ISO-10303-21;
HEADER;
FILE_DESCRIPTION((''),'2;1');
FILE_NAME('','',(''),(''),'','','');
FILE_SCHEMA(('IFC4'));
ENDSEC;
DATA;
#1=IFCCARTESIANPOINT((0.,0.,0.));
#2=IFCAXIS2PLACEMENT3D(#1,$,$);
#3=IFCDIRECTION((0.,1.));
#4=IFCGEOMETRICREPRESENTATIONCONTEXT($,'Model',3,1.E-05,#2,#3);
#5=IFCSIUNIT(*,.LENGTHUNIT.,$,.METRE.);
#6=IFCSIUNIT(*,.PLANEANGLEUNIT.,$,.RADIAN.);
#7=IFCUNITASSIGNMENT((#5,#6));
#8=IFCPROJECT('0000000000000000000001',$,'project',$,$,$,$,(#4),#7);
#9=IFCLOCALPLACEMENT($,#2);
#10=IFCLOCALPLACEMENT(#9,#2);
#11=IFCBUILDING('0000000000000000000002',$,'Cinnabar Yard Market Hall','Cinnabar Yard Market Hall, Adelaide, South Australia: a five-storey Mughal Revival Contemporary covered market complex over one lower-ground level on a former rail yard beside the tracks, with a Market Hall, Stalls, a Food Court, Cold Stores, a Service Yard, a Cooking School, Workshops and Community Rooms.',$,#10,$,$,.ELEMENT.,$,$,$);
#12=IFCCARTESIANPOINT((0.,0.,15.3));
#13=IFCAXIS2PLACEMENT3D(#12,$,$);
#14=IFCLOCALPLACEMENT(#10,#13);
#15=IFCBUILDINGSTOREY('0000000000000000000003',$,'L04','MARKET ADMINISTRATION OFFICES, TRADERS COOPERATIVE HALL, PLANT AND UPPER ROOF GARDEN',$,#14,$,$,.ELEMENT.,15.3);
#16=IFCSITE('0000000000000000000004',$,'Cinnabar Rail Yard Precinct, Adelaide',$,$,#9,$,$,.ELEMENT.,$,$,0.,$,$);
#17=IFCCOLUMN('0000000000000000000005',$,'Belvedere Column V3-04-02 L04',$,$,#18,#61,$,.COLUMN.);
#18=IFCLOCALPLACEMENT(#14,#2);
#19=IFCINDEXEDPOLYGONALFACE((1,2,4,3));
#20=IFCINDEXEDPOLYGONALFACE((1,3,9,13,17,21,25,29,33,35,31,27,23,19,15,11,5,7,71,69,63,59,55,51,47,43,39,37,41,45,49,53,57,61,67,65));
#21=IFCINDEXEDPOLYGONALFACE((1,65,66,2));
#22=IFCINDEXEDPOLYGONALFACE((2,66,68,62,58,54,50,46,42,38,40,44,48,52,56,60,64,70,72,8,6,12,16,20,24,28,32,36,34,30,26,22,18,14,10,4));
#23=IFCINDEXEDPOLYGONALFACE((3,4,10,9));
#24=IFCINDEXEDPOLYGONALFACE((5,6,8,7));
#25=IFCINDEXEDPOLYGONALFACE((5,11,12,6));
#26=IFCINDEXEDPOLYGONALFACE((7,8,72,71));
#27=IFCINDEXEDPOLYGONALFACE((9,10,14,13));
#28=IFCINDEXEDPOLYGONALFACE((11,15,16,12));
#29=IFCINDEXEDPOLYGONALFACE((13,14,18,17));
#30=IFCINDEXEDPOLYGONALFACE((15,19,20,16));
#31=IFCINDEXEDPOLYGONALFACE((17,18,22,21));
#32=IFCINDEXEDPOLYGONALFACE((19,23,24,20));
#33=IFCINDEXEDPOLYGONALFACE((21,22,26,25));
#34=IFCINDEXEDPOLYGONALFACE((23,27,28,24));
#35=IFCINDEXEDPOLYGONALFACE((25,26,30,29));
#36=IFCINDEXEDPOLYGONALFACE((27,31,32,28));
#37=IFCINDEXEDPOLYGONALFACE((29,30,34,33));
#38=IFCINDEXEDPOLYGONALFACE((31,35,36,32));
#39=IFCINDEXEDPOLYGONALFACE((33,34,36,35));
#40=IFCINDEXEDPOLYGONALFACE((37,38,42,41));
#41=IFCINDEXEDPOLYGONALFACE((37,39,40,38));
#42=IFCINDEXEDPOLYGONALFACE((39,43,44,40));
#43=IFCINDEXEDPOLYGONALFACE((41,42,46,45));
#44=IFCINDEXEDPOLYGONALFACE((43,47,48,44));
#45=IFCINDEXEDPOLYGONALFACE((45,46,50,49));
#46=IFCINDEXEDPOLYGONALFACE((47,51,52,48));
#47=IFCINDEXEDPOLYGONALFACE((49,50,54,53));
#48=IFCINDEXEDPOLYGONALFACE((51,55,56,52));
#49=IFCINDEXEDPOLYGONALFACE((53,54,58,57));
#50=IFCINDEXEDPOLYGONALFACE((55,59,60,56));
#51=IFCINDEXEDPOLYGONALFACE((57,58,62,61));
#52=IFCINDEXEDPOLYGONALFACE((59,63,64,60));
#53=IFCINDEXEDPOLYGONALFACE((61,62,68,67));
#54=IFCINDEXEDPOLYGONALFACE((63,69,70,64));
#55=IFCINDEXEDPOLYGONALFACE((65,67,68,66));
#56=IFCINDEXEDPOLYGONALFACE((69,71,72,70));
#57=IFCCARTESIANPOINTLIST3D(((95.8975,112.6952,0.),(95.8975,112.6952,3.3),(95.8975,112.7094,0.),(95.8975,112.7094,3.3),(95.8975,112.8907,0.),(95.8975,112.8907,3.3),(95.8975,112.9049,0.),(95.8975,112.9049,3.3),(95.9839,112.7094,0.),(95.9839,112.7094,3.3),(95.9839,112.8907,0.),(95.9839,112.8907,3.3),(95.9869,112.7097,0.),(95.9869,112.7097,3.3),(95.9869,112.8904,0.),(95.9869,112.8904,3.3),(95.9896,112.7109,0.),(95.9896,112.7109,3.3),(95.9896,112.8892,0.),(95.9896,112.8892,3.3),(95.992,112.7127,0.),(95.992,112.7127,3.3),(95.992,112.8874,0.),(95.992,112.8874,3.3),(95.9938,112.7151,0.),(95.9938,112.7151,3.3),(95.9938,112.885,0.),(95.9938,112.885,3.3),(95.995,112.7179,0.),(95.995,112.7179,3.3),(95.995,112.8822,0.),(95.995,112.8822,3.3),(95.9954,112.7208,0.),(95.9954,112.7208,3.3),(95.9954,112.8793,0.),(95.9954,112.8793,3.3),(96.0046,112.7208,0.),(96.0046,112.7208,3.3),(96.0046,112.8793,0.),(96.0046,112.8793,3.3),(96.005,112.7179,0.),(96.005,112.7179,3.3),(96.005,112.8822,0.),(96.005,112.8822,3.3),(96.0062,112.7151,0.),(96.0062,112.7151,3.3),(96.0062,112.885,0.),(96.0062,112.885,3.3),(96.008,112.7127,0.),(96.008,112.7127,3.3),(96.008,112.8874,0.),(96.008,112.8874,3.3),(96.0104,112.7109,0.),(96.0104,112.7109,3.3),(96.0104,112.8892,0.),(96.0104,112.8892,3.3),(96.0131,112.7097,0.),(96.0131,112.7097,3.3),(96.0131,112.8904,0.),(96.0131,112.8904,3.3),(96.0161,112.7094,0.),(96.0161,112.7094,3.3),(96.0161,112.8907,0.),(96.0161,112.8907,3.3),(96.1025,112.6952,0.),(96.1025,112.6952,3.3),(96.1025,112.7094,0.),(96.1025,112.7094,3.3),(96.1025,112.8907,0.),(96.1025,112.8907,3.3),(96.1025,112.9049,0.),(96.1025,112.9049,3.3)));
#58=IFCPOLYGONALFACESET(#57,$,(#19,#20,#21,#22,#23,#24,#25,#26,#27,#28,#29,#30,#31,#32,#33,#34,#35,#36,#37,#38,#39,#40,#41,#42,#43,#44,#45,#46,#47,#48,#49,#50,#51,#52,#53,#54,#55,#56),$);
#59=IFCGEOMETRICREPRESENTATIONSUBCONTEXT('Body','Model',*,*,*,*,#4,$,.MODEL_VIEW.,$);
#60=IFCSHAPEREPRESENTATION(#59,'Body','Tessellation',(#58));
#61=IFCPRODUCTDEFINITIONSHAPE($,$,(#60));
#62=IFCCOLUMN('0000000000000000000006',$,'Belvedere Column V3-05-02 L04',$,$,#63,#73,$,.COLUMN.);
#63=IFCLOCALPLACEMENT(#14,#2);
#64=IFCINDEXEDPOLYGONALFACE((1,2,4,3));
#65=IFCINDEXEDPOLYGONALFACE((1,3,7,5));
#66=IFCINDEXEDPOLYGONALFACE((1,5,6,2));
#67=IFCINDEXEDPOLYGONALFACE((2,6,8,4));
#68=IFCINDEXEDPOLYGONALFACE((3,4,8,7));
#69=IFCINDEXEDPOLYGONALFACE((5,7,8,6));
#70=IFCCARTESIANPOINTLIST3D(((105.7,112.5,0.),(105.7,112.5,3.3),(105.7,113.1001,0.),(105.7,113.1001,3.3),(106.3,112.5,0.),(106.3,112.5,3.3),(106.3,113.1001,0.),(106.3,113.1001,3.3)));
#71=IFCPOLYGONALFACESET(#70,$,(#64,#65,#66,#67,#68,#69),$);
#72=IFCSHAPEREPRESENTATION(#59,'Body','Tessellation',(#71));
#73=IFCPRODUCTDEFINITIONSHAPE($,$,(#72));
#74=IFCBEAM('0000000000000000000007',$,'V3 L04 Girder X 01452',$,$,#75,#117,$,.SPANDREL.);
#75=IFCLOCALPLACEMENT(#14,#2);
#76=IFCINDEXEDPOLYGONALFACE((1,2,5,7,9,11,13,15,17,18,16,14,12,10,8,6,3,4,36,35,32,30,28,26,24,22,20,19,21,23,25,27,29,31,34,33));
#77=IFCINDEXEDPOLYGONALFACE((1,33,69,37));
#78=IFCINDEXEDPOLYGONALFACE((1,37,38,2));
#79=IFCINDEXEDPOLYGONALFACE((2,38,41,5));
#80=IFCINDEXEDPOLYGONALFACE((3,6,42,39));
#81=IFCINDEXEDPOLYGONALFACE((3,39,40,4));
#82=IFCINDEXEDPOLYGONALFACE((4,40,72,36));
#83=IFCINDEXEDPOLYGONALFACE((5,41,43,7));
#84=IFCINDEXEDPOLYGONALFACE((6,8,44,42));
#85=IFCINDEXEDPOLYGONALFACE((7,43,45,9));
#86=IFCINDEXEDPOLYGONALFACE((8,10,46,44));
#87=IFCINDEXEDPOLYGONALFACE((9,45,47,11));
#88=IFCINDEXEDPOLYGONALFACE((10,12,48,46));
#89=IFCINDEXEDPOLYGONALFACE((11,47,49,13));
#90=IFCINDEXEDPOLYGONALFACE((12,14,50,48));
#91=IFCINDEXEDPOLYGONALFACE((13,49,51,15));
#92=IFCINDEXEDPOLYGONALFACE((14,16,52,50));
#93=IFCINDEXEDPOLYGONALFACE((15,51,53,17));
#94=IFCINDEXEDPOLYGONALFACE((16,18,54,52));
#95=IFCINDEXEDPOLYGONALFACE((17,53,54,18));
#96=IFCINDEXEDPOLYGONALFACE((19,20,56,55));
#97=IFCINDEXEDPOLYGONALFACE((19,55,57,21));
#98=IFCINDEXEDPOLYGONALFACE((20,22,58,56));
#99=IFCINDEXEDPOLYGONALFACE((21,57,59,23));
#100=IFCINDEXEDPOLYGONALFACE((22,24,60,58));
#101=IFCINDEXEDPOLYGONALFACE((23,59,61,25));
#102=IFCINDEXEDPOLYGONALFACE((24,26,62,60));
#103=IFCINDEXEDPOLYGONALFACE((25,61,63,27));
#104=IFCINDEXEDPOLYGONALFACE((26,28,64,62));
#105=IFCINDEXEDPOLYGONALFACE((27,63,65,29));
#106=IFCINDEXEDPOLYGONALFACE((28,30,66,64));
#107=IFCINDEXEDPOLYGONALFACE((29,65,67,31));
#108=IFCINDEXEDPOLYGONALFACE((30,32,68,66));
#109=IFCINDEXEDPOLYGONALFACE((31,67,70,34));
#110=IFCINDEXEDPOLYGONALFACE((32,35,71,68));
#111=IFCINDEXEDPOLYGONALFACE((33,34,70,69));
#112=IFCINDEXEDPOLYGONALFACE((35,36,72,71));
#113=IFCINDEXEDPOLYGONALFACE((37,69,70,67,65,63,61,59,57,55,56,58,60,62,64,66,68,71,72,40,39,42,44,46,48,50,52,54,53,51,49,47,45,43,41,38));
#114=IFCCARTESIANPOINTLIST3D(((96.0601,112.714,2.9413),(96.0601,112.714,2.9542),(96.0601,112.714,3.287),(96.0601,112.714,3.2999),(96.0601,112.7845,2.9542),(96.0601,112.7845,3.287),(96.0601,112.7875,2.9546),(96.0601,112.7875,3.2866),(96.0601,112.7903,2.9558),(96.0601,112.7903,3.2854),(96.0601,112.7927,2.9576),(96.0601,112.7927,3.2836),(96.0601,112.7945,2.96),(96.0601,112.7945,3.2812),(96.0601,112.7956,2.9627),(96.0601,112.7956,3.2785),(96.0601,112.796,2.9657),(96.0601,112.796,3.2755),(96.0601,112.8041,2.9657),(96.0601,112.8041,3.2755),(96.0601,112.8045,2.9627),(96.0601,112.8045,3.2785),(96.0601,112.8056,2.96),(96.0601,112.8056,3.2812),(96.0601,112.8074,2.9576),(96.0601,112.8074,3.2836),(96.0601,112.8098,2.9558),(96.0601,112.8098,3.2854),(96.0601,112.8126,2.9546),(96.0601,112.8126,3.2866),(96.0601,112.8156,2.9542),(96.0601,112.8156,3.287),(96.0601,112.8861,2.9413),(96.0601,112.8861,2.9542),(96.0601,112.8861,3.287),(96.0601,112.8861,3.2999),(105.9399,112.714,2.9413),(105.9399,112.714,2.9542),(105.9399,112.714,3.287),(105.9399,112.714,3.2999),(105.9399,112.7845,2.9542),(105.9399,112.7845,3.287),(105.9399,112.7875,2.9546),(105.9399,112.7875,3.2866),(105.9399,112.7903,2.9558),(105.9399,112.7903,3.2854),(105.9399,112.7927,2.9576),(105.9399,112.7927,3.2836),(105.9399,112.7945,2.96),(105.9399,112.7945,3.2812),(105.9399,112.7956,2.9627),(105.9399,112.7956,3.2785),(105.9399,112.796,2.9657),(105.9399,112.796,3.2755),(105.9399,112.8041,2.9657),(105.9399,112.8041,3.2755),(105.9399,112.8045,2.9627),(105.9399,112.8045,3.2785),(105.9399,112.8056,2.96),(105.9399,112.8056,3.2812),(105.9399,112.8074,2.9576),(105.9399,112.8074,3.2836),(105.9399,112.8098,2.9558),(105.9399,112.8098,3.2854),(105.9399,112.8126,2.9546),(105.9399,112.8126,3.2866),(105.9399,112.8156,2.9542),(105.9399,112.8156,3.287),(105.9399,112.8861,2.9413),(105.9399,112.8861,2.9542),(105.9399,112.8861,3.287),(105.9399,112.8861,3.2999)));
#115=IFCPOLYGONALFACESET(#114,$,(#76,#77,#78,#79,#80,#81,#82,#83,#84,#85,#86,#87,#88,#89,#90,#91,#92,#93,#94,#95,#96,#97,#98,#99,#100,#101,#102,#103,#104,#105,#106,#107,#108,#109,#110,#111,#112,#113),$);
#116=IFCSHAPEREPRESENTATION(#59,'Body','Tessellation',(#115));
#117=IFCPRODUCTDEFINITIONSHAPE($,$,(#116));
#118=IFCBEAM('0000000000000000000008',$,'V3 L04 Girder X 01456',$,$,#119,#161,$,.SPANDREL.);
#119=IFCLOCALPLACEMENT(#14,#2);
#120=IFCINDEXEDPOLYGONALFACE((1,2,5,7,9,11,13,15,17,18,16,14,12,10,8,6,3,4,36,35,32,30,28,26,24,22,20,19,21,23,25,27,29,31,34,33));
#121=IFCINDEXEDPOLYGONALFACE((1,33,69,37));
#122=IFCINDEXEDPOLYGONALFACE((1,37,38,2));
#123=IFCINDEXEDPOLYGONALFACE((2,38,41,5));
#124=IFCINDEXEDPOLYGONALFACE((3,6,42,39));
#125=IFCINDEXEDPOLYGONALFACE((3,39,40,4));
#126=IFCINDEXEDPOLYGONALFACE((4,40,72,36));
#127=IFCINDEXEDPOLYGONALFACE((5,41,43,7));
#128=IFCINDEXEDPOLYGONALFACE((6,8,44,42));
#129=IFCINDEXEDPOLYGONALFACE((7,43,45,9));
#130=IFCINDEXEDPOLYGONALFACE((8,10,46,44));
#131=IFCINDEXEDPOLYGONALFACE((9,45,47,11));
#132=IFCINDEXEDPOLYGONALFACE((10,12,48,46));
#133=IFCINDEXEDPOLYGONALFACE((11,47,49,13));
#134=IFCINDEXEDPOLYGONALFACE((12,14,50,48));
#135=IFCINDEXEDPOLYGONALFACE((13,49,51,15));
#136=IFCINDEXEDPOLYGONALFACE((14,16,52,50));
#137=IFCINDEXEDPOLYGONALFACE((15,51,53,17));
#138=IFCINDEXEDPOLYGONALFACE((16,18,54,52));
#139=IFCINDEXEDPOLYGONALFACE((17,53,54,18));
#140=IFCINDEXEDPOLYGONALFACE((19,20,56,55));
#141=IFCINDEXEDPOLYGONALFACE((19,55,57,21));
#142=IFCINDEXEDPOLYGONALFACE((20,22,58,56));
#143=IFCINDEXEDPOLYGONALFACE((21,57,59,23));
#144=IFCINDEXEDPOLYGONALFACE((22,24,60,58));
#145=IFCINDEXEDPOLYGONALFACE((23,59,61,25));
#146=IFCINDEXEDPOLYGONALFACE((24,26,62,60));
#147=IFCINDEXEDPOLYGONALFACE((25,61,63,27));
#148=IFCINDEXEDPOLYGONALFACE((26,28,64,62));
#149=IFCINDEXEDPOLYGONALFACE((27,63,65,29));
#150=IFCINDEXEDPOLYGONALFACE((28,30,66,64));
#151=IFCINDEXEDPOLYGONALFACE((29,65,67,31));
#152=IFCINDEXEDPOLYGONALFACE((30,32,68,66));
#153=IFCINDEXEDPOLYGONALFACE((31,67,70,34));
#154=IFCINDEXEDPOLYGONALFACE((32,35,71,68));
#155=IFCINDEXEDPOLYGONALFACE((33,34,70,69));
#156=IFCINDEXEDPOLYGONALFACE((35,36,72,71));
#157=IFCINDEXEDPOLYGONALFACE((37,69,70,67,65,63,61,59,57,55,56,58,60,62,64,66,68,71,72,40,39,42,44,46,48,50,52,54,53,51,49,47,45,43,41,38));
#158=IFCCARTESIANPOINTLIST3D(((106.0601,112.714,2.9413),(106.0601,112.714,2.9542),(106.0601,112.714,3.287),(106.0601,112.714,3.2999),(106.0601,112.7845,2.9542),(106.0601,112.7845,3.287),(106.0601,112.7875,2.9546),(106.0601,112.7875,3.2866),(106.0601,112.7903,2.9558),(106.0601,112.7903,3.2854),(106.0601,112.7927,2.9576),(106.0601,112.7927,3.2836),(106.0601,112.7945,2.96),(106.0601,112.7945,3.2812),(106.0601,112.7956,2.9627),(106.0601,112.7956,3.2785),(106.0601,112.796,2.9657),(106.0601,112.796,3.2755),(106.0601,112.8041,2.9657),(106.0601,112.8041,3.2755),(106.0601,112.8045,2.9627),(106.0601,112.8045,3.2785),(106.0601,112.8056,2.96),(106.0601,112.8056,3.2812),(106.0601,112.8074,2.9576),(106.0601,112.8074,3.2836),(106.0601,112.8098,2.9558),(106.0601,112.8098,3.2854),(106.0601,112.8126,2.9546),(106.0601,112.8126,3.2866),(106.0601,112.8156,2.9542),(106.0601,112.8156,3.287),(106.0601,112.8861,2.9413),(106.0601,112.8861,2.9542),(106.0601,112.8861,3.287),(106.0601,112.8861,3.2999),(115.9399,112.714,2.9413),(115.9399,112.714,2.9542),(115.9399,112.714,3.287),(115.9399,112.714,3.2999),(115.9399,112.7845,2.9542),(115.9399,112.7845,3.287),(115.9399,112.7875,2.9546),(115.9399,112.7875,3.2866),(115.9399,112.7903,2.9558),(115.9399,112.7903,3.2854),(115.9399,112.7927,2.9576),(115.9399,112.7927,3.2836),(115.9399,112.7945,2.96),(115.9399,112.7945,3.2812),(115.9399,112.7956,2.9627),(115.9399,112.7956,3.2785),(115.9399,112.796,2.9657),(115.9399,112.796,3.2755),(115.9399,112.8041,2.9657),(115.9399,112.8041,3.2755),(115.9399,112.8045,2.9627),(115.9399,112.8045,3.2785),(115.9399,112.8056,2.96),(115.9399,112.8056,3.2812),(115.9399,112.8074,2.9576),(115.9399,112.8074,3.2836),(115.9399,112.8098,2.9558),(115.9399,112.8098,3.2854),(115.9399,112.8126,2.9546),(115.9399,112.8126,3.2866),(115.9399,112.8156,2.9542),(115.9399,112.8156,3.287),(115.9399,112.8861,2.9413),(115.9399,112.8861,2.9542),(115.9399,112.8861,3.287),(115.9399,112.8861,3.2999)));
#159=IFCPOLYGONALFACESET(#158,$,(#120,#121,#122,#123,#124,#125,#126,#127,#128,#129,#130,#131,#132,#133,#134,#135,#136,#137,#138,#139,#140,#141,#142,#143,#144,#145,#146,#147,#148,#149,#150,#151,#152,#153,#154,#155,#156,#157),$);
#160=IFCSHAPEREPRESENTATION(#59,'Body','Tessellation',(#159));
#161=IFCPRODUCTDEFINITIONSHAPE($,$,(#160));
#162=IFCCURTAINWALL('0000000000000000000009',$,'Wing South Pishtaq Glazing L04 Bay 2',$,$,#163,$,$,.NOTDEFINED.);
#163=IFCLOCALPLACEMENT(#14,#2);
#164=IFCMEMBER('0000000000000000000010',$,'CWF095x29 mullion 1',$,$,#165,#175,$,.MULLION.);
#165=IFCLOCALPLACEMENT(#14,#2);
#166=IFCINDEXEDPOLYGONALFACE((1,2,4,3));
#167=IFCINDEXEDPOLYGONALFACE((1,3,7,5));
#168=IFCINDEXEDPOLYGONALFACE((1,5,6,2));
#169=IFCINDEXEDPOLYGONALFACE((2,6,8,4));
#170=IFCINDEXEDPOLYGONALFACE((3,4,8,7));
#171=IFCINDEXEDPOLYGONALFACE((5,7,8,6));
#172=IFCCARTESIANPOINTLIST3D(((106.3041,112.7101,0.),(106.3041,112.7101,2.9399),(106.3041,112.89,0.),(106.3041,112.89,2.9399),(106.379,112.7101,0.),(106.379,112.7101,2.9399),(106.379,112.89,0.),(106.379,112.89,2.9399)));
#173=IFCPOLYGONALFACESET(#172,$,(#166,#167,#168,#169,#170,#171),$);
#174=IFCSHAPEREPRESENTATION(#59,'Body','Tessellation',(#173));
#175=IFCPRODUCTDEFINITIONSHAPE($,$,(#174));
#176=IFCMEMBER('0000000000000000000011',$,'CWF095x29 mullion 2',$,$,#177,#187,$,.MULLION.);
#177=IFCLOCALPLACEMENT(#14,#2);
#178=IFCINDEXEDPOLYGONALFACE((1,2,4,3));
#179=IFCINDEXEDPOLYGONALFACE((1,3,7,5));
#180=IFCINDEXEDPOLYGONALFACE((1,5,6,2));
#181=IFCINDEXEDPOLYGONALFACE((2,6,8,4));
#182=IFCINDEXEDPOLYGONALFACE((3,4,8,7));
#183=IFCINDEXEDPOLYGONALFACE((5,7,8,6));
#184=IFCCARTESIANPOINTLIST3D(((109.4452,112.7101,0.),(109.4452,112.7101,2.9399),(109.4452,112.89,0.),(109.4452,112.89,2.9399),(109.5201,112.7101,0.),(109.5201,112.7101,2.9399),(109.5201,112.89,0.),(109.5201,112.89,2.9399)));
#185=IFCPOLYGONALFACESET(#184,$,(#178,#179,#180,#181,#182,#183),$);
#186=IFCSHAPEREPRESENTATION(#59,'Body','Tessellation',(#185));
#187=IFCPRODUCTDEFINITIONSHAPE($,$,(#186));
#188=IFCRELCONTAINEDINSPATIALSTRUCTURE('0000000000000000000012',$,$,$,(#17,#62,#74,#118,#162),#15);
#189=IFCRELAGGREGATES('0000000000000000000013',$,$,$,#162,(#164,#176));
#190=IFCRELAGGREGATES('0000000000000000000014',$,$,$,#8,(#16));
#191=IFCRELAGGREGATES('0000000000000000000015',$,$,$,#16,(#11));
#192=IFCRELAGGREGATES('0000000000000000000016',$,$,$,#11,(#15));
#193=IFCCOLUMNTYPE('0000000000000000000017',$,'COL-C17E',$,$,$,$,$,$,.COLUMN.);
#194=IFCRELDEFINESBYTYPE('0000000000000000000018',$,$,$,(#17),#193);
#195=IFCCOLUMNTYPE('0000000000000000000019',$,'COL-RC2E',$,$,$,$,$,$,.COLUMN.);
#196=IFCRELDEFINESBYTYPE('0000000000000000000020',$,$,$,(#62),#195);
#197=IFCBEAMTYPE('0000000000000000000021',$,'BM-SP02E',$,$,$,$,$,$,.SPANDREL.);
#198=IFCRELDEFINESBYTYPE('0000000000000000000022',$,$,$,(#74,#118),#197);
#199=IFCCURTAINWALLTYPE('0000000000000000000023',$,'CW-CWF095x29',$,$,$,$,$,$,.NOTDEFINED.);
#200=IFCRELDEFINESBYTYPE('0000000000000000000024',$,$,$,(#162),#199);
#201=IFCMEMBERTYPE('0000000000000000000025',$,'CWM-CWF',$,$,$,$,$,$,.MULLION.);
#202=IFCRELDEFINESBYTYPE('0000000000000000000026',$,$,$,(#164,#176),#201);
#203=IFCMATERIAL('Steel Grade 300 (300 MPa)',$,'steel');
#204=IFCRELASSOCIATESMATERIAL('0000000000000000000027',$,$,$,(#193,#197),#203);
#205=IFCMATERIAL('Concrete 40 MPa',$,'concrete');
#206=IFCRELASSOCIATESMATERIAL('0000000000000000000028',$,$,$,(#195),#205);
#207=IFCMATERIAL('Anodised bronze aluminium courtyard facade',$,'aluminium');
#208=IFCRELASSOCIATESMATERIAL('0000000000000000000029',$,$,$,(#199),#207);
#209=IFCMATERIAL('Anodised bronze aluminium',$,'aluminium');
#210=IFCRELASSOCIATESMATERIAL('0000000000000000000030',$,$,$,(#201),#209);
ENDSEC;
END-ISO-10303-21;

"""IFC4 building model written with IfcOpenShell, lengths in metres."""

from ifc_helpers import new_model, si_unit, direction, frame, origin, origin_2d_with_axis, place, context, subcontext, project, spatial, rectangle, i_section, extrude, material, material_profile, profile_set, type_object, element, aggregate, save


model = new_model("IFC4")

# Units and contexts
model_context = context("Model", 3, precision=1e-05, world=origin(), true_north=direction((0.0, 1.0)))
body_context = subcontext(model_context, "Body", "Model", "MODEL_VIEW")
ifc_project = project(units=[si_unit("LENGTHUNIT", "METRE"), si_unit("PLANEANGLEUNIT", "RADIAN")], contexts=[model_context])

# Site, building, storey
site_placement = place(None, origin())
site = spatial("IfcSite", under=ifc_project, at=site_placement, Name="Cinnabar Rail Yard Precinct, Adelaide", CompositionType="ELEMENT", RefElevation=0.0)
building_placement = place(site_placement, origin())
building = spatial("IfcBuilding", under=site, at=building_placement, Name="Cinnabar Yard Market Hall", Description="Cinnabar Yard Market Hall, Adelaide, South Australia: a five-storey Mughal Revival Contemporary covered market complex over one lower-ground level on a former rail yard beside the tracks, with a Market Hall, Stalls, a Food Court, Cold Stores, a Service Yard, a Cooking School, Workshops and Community Rooms.", CompositionType="ELEMENT")
storey_placement = place(building_placement, frame((0.0, 0.0, 15.3)))
storey = spatial("IfcBuildingStorey", under=building, at=storey_placement, Name="L04", Description="MARKET ADMINISTRATION OFFICES, TRADERS COOPERATIVE HALL, PLANT AND UPPER ROOF GARDEN", CompositionType="ELEMENT", Elevation=15.3)

# Columns
ifc_material_1 = material(Name="Steel Grade 300 (300 MPa)", Category="steel")
ifc_material_profile_1 = material_profile(ifc_material_1, i_section(OverallWidth=0.2051, OverallDepth=0.2097, WebThickness=0.0093, FlangeThickness=0.0142, FilletRadius=0.0115, at=origin_2d_with_axis()), Name="200UC59.5")
ifc_profile_set_1 = profile_set([ifc_material_profile_1], Name="Steel Grade 300 (300 MPa)")
column_type_1 = type_object("IfcColumnType", Name="COL-C17E", PredefinedType="COLUMN", material=ifc_profile_set_1)
column_1_placement = place(storey_placement, frame((96.0, 112.8, 0.0), z_axis=(0.0, 0.0, 1.0), x_axis=(1.0, 0.0, 0.0)))
element("IfcColumn", 1, at=column_1_placement, inside=storey, type_object=column_type_1, Name="Belvedere Column V3-04-02 L04", PredefinedType="COLUMN", context=body_context, shape_type="SweptSolid", body=[
    extrude(i_section(OverallWidth=0.2051, OverallDepth=0.2097, WebThickness=0.0093, FlangeThickness=0.0142, FilletRadius=0.0115, at=origin_2d_with_axis()), origin(), (0.0, 0.0, 1.0), 3.3),
])
ifc_material_2 = material(Name="Concrete 40 MPa", Category="concrete")
ifc_material_profile_2 = material_profile(ifc_material_2, rectangle(XDim=0.6001, YDim=0.6001, at=origin_2d_with_axis()), Name="RC-600x600")
ifc_profile_set_2 = profile_set([ifc_material_profile_2], Name="Concrete 40 MPa")
column_type_2 = type_object("IfcColumnType", Name="COL-RC2E", PredefinedType="COLUMN", material=ifc_profile_set_2)
column_2_placement = place(storey_placement, frame((106.0, 112.8, 0.0), z_axis=(0.0, 0.0, 1.0), x_axis=(1.0, 0.0, 0.0)))
element("IfcColumn", 2, at=column_2_placement, inside=storey, type_object=column_type_2, Name="Belvedere Column V3-05-02 L04", PredefinedType="COLUMN", context=body_context, shape_type="SweptSolid", body=[
    extrude(rectangle(XDim=0.6001, YDim=0.6001, at=origin_2d_with_axis()), origin(), (0.0, 0.0, 1.0), 3.3),
])

# Beams
ifc_material_profile_3 = material_profile(ifc_material_1, i_section(OverallWidth=0.1721, OverallDepth=0.3586, WebThickness=0.0081, FlangeThickness=0.0129, FilletRadius=0.0115, at=origin_2d_with_axis()), Name="360UB56.7")
ifc_profile_set_3 = profile_set([ifc_material_profile_3], Name="Steel Grade 300 (300 MPa)")
beam_type = type_object("IfcBeamType", Name="BM-SP02E", PredefinedType="SPANDREL", material=ifc_profile_set_3)
for number, where, z_axis, x_axis, name in (
    (3, (96.0601, 112.8, 3.1206), (1.0, 0.0, 0.0), (0.0, 1.0, 0.0), "V3 L04 Girder X 01452"),
    (4, (106.0601, 112.8, 3.1206), (1.0, 0.0, 0.0), (0.0, 1.0, 0.0), "V3 L04 Girder X 01456"),
):
    element("IfcBeam", number, at=place(storey_placement, frame(where, z_axis=z_axis, x_axis=x_axis)), inside=storey, type_object=beam_type, Name=name, PredefinedType="SPANDREL", context=body_context, shape_type="SweptSolid", body=[
        extrude(i_section(OverallWidth=0.1721, OverallDepth=0.3586, WebThickness=0.0081, FlangeThickness=0.0129, FilletRadius=0.0115, at=origin_2d_with_axis()), origin(), (0.0, 0.0, 1.0), 9.8799),
    ])

# Curtain wall, members
ifc_material_3 = material(Name="Anodised bronze aluminium courtyard facade", Category="aluminium")
curtain_wall_type = type_object("IfcCurtainWallType", Name="CW-CWF095x29", PredefinedType="NOTDEFINED", material=ifc_material_3)
curtain_wall_placement = place(storey_placement, origin())
curtain_wall = element("IfcCurtainWall", 5, at=curtain_wall_placement, inside=storey, type_object=curtain_wall_type, Name="Wing South Pishtaq Glazing L04 Bay 2", PredefinedType="NOTDEFINED")
ifc_material_4 = material(Name="Anodised bronze aluminium", Category="aluminium")
ifc_material_profile_4 = material_profile(ifc_material_4, rectangle(XDim=0.1799, YDim=0.075, at=origin_2d_with_axis()), Name="MUL-CWF")
ifc_profile_set_4 = profile_set([ifc_material_profile_4], Name="Anodised bronze aluminium")
member_type_1 = type_object("IfcMemberType", Name="CWM-CWF", PredefinedType="MULLION", material=ifc_profile_set_4)
member_1_placement = place(storey_placement, frame((106.3416, 112.8, 0.0), z_axis=(0.0, 0.0, 1.0), x_axis=(0.0, 1.0, 0.0)))
member_1 = element("IfcMember", 6, at=member_1_placement, type_object=member_type_1, Name="CWF095x29 mullion 1", PredefinedType="MULLION", context=body_context, shape_type="SweptSolid", body=[
    extrude(rectangle(XDim=0.1799, YDim=0.075, at=origin_2d_with_axis()), origin(), (0.0, 0.0, 1.0), 2.9399),
])
member_2_placement = place(storey_placement, frame((109.4827, 112.8, 0.0), z_axis=(0.0, 0.0, 1.0), x_axis=(0.0, 1.0, 0.0)))
member_2 = element("IfcMember", 7, at=member_2_placement, type_object=member_type_1, Name="CWF095x29 mullion 2", PredefinedType="MULLION", context=body_context, shape_type="SweptSolid", body=[
    extrude(rectangle(XDim=0.1799, YDim=0.075, at=origin_2d_with_axis()), origin(), (0.0, 0.0, 1.0), 2.9399),
])
aggregate(curtain_wall, [member_1, member_2])

save(model, "model.ifc")
